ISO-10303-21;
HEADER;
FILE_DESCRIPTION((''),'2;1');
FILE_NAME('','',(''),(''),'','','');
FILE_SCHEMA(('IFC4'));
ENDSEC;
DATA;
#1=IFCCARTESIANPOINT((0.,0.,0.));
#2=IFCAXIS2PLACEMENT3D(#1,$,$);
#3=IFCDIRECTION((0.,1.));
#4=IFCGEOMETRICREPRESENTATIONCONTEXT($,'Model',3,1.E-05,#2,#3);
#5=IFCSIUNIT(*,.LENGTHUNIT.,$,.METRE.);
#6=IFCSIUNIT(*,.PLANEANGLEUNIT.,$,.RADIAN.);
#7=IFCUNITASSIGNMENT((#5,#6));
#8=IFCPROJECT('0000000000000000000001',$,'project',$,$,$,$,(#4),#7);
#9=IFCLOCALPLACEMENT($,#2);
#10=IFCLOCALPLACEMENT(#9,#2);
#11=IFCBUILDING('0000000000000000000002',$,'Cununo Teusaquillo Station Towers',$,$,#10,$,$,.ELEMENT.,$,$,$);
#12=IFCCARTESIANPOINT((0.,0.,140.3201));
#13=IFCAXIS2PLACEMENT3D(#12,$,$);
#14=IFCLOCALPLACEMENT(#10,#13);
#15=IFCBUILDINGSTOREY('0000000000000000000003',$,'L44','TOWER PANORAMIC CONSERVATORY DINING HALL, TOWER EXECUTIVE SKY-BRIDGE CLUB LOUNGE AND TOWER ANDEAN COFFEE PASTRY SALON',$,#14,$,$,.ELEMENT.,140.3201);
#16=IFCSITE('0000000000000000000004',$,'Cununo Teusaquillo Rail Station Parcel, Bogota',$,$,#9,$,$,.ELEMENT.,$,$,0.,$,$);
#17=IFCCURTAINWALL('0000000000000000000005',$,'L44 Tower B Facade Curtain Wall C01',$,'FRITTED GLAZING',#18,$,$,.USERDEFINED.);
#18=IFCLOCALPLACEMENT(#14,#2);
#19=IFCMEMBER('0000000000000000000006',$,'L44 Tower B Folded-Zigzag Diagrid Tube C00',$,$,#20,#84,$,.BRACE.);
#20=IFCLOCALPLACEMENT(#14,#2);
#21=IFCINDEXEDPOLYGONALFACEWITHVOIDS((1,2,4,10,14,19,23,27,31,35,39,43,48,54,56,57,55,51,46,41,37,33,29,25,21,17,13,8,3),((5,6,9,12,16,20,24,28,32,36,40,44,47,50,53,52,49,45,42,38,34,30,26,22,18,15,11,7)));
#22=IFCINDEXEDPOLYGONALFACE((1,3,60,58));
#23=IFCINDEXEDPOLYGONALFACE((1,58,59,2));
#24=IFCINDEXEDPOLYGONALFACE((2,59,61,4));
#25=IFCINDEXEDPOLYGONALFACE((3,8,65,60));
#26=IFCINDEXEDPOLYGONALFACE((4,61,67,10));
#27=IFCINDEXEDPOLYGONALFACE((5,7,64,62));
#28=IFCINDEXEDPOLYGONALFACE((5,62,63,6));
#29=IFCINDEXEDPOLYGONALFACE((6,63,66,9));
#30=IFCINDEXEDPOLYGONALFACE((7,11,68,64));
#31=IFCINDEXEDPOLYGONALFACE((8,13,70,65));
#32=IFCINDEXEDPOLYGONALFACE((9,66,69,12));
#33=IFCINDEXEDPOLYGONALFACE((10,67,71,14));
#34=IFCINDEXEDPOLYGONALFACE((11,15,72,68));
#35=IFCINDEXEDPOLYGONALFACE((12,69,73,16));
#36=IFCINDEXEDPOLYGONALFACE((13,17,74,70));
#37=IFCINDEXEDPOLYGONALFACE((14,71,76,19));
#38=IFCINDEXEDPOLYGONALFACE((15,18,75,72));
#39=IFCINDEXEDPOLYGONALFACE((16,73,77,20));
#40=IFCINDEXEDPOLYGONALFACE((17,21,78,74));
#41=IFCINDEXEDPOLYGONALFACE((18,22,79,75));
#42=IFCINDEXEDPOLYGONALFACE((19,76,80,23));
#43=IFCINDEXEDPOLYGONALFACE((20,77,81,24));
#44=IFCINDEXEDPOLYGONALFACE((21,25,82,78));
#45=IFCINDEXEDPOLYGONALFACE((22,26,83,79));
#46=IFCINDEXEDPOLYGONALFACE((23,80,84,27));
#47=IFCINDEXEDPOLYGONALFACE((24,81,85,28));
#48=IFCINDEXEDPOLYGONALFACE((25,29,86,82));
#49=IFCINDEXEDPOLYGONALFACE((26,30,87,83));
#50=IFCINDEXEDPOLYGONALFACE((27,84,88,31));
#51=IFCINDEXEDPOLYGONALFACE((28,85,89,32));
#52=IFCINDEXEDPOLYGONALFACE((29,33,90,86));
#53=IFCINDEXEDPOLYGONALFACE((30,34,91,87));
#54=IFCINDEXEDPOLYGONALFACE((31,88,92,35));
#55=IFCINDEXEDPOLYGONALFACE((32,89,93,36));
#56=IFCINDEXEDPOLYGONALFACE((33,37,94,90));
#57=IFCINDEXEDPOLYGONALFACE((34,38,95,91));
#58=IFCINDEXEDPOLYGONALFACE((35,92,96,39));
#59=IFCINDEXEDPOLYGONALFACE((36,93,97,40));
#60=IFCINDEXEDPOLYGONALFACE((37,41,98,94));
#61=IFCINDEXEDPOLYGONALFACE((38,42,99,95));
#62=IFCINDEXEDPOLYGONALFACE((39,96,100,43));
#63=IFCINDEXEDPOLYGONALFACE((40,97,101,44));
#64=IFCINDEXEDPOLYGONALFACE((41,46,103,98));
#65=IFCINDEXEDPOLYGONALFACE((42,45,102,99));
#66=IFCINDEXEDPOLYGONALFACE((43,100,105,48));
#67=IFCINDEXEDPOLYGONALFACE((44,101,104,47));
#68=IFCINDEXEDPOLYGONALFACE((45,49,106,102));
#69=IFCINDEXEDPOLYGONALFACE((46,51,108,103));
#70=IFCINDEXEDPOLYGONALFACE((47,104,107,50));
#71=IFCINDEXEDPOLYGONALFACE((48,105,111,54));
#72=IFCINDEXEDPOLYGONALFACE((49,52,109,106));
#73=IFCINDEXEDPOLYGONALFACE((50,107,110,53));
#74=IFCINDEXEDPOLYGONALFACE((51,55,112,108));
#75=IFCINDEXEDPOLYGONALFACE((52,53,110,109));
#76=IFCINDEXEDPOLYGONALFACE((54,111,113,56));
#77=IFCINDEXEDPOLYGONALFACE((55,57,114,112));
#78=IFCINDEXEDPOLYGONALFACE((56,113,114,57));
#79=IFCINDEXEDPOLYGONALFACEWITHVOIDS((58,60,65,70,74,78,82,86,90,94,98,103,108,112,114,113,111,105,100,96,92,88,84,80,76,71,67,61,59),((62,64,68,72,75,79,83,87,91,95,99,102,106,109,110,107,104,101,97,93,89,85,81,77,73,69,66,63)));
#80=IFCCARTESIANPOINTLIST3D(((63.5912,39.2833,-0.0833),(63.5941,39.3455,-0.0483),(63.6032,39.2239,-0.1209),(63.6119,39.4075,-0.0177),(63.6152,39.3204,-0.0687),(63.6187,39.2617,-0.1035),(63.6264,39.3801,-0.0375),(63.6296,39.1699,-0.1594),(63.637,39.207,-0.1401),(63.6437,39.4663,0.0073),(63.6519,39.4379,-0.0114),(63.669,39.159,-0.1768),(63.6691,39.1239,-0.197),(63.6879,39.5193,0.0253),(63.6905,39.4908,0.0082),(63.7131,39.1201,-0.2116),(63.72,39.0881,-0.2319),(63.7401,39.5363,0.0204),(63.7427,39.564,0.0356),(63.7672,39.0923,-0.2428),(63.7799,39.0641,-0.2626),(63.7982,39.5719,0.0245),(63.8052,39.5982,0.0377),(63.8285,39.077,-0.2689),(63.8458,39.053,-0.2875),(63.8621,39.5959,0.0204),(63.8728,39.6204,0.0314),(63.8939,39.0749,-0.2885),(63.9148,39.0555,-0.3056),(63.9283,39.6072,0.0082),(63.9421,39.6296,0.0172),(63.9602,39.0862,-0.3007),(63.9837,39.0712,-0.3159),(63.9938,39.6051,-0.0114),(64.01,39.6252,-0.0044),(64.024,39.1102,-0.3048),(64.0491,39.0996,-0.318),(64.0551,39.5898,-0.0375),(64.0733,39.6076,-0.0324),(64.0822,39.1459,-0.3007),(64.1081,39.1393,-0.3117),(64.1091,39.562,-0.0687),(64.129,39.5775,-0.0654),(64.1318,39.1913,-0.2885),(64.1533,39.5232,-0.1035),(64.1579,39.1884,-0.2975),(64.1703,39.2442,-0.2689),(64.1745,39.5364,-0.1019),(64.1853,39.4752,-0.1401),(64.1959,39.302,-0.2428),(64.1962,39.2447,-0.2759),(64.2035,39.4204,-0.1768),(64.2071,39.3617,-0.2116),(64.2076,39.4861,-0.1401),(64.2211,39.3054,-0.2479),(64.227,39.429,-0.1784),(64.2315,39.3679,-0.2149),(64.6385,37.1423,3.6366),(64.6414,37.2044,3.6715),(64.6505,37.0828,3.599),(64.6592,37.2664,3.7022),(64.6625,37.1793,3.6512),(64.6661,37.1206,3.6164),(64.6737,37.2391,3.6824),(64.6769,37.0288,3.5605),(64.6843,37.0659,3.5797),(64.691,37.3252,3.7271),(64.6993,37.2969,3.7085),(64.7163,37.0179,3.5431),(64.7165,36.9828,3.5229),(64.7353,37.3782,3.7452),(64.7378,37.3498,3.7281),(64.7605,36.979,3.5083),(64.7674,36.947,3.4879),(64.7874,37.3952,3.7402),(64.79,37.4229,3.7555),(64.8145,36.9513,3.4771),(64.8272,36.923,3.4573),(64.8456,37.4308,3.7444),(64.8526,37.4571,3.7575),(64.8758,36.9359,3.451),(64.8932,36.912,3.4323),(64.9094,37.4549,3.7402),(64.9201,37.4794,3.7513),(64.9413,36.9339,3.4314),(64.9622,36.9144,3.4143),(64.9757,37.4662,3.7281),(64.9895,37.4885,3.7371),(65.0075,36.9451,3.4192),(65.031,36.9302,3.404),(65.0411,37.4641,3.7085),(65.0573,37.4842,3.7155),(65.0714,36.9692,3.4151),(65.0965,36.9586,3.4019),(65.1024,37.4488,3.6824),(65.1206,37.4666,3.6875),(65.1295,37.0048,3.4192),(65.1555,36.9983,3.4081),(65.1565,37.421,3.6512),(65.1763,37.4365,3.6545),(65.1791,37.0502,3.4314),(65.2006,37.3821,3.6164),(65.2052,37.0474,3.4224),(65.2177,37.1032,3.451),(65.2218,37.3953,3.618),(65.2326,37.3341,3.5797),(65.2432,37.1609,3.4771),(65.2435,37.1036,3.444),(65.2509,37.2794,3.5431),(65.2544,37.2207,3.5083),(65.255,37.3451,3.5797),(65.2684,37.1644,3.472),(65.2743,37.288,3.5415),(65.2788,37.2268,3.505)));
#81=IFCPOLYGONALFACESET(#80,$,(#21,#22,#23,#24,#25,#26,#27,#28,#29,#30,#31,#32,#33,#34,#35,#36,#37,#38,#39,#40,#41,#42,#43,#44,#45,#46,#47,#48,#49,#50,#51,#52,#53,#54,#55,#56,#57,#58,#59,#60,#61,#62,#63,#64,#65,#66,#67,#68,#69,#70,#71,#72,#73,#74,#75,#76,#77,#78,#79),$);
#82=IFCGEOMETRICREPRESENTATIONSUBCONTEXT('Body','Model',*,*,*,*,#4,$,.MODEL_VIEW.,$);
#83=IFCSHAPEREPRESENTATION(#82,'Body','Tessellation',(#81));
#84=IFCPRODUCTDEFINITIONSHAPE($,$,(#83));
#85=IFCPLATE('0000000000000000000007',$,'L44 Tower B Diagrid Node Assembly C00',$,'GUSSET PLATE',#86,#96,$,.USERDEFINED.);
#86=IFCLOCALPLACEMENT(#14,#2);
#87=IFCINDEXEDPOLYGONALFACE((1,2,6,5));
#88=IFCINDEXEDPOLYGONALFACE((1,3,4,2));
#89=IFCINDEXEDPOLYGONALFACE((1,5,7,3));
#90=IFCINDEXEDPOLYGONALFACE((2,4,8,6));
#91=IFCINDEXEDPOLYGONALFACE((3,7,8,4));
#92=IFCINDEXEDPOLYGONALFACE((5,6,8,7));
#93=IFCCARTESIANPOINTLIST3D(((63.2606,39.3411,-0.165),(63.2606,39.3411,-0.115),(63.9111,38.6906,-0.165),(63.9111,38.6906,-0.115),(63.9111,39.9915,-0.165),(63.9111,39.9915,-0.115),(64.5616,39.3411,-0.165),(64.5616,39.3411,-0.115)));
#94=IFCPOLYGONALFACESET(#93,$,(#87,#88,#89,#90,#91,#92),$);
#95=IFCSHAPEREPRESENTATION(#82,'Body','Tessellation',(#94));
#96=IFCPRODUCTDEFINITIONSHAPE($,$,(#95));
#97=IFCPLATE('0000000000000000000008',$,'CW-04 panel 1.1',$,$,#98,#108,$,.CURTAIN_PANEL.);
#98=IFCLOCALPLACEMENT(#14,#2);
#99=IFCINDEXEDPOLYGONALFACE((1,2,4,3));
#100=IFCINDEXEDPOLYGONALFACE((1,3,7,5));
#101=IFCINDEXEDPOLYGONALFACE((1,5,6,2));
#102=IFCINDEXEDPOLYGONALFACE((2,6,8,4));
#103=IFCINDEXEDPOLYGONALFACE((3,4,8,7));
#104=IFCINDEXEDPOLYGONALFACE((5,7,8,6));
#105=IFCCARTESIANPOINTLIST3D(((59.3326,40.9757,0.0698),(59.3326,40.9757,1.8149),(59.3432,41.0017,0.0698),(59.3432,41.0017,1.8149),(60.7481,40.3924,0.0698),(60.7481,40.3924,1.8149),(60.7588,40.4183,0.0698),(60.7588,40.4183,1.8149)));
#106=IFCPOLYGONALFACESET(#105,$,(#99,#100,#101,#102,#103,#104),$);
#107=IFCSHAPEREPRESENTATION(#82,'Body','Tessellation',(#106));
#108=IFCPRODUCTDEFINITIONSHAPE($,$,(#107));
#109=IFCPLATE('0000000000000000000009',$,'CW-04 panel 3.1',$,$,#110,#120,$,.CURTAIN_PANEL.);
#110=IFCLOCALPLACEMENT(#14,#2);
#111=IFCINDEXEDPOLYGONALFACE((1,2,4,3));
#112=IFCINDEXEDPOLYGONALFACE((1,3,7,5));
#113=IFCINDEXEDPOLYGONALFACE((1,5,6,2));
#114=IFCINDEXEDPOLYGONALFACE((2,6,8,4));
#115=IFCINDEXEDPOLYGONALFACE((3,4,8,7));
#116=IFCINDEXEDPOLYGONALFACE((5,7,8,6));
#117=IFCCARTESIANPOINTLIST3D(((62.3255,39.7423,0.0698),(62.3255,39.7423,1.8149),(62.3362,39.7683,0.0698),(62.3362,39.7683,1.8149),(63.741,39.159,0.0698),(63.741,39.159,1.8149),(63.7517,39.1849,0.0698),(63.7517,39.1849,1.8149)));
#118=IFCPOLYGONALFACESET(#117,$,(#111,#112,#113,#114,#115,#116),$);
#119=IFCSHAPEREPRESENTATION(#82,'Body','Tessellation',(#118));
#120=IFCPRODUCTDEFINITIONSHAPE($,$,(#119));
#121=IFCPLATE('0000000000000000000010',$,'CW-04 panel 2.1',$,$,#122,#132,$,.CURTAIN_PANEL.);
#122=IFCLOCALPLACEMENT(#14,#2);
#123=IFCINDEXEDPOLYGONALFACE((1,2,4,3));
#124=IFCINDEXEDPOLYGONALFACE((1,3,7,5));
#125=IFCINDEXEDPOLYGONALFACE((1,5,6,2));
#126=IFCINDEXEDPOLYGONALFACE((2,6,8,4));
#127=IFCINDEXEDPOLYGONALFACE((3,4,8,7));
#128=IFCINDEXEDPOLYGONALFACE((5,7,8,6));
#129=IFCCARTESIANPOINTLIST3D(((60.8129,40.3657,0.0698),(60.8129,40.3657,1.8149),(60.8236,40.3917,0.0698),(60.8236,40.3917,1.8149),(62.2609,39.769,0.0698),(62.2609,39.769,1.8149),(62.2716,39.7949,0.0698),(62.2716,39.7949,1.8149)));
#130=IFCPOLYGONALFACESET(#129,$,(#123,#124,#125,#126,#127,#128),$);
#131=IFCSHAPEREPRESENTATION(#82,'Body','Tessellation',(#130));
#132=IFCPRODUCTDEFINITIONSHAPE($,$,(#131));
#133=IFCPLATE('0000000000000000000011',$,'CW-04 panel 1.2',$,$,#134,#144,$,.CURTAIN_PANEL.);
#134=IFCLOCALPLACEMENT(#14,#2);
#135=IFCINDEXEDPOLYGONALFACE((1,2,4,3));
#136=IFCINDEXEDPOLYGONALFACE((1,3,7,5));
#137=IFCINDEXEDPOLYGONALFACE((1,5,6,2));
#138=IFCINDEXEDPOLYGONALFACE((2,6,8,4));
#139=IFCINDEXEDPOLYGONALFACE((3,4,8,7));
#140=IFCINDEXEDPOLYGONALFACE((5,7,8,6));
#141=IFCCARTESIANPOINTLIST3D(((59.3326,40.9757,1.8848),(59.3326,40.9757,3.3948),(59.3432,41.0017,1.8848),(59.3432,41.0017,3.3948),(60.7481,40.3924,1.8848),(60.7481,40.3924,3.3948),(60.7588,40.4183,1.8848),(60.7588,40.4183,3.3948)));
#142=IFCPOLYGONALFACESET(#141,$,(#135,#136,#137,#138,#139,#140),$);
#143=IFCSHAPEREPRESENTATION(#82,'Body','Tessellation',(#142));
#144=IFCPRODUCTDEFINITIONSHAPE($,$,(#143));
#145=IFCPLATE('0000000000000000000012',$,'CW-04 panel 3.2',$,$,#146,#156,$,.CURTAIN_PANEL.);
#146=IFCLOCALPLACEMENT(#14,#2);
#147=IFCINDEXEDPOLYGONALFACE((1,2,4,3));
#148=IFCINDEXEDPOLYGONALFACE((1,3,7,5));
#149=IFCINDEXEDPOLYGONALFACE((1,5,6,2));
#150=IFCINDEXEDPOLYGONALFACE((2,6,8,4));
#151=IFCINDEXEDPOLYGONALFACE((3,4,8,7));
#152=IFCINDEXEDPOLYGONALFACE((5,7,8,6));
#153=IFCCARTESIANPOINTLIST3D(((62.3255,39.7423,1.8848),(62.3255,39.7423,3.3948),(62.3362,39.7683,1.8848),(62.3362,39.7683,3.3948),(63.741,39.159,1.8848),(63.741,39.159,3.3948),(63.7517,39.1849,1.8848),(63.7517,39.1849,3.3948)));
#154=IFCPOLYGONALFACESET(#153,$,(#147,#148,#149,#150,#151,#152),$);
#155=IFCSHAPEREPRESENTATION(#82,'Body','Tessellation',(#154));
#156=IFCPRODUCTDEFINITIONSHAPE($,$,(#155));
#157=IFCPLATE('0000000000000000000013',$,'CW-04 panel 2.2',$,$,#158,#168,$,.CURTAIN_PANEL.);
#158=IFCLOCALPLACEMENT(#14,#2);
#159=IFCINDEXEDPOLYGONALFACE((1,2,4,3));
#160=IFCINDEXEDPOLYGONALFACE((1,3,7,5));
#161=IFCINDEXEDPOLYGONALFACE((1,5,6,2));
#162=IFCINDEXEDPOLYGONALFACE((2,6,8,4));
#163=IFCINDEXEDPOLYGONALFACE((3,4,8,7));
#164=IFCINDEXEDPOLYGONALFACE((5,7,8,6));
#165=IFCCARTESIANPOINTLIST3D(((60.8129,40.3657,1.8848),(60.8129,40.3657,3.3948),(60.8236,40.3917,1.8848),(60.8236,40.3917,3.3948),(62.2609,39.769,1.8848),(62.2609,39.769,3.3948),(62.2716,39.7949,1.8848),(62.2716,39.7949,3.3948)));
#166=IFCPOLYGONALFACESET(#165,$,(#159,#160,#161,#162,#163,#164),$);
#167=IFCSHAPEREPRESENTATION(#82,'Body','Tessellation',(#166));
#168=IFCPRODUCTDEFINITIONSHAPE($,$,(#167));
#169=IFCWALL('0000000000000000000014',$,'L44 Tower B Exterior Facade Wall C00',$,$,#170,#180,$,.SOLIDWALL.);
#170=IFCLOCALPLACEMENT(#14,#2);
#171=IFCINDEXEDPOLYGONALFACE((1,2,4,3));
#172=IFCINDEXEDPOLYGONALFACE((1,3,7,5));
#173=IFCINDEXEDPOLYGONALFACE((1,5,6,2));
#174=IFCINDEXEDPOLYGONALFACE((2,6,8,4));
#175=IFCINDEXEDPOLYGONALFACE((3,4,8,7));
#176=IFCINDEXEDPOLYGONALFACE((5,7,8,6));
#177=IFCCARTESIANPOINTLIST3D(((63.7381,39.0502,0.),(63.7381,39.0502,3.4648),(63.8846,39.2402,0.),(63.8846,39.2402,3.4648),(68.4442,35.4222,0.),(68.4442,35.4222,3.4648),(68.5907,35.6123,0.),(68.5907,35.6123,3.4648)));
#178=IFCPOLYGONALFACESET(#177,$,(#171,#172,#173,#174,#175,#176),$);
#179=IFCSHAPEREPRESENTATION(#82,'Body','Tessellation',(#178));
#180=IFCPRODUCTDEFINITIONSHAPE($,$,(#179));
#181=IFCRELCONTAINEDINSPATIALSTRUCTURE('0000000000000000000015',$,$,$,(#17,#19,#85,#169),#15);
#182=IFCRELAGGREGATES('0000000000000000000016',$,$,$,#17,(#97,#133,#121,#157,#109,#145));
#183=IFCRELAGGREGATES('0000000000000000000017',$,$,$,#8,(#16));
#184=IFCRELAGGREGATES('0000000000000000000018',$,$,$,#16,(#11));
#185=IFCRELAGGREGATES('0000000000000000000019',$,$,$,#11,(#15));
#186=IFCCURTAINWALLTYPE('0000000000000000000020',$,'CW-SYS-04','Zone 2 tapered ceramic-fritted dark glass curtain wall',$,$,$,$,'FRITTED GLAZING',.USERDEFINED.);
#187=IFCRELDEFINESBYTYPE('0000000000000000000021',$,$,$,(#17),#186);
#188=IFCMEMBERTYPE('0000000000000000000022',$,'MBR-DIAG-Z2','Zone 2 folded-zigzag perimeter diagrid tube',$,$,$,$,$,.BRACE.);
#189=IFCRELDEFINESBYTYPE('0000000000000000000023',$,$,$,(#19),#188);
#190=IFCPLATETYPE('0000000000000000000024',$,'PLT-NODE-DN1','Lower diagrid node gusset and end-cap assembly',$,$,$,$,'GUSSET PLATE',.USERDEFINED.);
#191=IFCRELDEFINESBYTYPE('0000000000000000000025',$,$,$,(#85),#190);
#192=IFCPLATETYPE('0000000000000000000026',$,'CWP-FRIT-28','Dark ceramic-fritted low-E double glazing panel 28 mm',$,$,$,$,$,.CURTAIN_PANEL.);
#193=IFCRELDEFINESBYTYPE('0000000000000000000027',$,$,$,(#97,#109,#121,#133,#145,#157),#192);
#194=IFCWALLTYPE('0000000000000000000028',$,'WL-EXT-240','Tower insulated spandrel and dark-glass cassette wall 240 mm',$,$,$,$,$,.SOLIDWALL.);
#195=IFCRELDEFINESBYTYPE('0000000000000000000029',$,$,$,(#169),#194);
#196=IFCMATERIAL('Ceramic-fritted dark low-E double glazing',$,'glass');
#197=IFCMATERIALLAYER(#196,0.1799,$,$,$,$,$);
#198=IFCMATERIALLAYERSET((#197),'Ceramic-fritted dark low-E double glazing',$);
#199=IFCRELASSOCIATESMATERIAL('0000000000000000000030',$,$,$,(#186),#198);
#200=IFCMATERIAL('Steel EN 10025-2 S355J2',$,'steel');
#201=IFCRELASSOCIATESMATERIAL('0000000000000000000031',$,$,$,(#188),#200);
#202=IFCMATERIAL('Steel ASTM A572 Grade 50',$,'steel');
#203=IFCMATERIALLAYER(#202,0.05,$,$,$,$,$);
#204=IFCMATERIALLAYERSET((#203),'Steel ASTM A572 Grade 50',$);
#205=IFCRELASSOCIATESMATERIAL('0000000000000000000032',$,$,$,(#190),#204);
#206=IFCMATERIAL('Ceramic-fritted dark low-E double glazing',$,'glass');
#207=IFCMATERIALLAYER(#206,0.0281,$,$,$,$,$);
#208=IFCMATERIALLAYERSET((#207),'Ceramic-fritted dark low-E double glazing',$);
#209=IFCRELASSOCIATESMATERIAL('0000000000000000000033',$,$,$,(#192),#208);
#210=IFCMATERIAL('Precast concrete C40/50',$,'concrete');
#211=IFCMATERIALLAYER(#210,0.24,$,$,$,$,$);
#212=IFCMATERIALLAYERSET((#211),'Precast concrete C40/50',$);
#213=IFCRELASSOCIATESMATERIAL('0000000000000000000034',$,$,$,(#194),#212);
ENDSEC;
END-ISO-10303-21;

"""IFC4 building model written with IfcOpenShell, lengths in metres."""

from ifc_helpers import new_model, si_unit, direction, frame, frame_2d, origin, origin_2d, place, context, subcontext, project, spatial, rectangle, hollow_circle, extrude, source, transform, mapped, material, layer, layer_set, material_profile, profile_set, type_object, element, aggregate, save


model = new_model("IFC4")

# Units and contexts
model_context = context("Model", 3, precision=1e-05, world=origin(), true_north=direction((0.0, 1.0)))
body_context = subcontext(model_context, "Body", "Model", "MODEL_VIEW")
ifc_project = project(units=[si_unit("LENGTHUNIT", "METRE"), si_unit("PLANEANGLEUNIT", "RADIAN")], contexts=[model_context])

# Site, building, storey
site_placement = place(None, origin())
site = spatial("IfcSite", under=ifc_project, at=site_placement, Name="Cununo Teusaquillo Rail Station Parcel, Bogota", CompositionType="ELEMENT", RefElevation=0.0)
building_placement = place(site_placement, origin())
building = spatial("IfcBuilding", under=site, at=building_placement, Name="Cununo Teusaquillo Station Towers", CompositionType="ELEMENT")
storey_placement = place(building_placement, frame((0.0, 0.0, 140.3201)))
storey = spatial("IfcBuildingStorey", under=building, at=storey_placement, Name="L44", Description="TOWER PANORAMIC CONSERVATORY DINING HALL, TOWER EXECUTIVE SKY-BRIDGE CLUB LOUNGE AND TOWER ANDEAN COFFEE PASTRY SALON", CompositionType="ELEMENT", Elevation=140.3201)

# Curtain wall
ifc_material_1 = material(Name="Ceramic-fritted dark low-E double glazing", Category="glass")
ifc_layer_1 = layer(ifc_material_1, 0.1799)
ifc_layer_set_1 = layer_set([ifc_layer_1], Name="Ceramic-fritted dark low-E double glazing")
curtain_wall_type = type_object("IfcCurtainWallType", Name="CW-SYS-04", Description="Zone 2 tapered ceramic-fritted dark glass curtain wall", ElementType="FRITTED GLAZING", PredefinedType="USERDEFINED", material=ifc_layer_set_1)
curtain_wall_placement = place(storey_placement, origin())
curtain_wall = element("IfcCurtainWall", 1, at=curtain_wall_placement, inside=storey, type_object=curtain_wall_type, Name="L44 Tower B Facade Curtain Wall C01", ObjectType="FRITTED GLAZING", PredefinedType="USERDEFINED")

# Member
ifc_material_2 = material(Name="Steel EN 10025-2 S355J2", Category="steel")
ifc_material_profile_1 = material_profile(ifc_material_2, hollow_circle(Radius=0.3301, WallThickness=0.0249, at=origin_2d()), Name="CHS 660x25")
ifc_profile_set_1 = profile_set([ifc_material_profile_1], Name="Steel EN 10025-2 S355J2")
member_type_1 = type_object("IfcMemberType", Name="MBR-DIAG-Z2", Description="Zone 2 folded-zigzag perimeter diagrid tube", PredefinedType="BRACE", material=ifc_profile_set_1)
member_1_placement = place(storey_placement, frame((63.9111, 39.3411, -0.1401), z_axis=(0.237062, -0.484624, 0.841986), x_axis=(0.898286, 0.439412, 0.0)))
element("IfcMember", 2, at=member_1_placement, inside=storey, type_object=member_type_1, Name="L44 Tower B Folded-Zigzag Diagrid Tube C00", PredefinedType="BRACE", context=body_context, shape_type="SweptSolid", body=[
    extrude(hollow_circle(Radius=0.3301, WallThickness=0.0249, at=origin_2d()), origin(), (0.0, 0.0, 1.0), 4.418),
])

# Plates
ifc_material_3 = material(Name="Steel ASTM A572 Grade 50", Category="steel")
ifc_layer_2 = layer(ifc_material_3, 0.05)
ifc_layer_set_2 = layer_set([ifc_layer_2], Name="Steel ASTM A572 Grade 50")
plate_type_1 = type_object("IfcPlateType", Name="PLT-NODE-DN1", Description="Lower diagrid node gusset and end-cap assembly", ElementType="GUSSET PLATE", PredefinedType="USERDEFINED", material=ifc_layer_set_2)
shared_shape_1 = source(origin(), body_context, "Body", "SweptSolid", [
    extrude(rectangle(XDim=0.9199, YDim=0.9199, at=origin_2d()), origin(), (0.0, 0.0, 1.0), 0.05),
])
plate_1_placement = place(storey_placement, frame((63.9111, 39.3411, -0.165), z_axis=(0.0, 0.0, 1.0), x_axis=(0.707107, 0.707107, 0.0)))
element("IfcPlate", 3, at=plate_1_placement, inside=storey, type_object=plate_type_1, Name="L44 Tower B Diagrid Node Assembly C00", ObjectType="GUSSET PLATE", PredefinedType="USERDEFINED", context=body_context, shape_type="MappedRepresentation", body=[
    mapped(shared_shape_1, transform((0.0, 0.0, 0.0), x_axis=(1.0, 0.0, 0.0), y_axis=(0.0, 1.0, 0.0), z_axis=(0.0, 0.0, 1.0), scale=1.0)),
])
ifc_material_4 = material(Name="Ceramic-fritted dark low-E double glazing", Category="glass")
ifc_layer_3 = layer(ifc_material_4, 0.0281)
ifc_layer_set_3 = layer_set([ifc_layer_3], Name="Ceramic-fritted dark low-E double glazing")
plate_type_2 = type_object("IfcPlateType", Name="CWP-FRIT-28", Description="Dark ceramic-fritted low-E double glazing panel 28 mm", PredefinedType="CURTAIN_PANEL", material=ifc_layer_set_3)
shared_shape_2 = source(origin(), body_context, "Body", "SweptSolid", [
    extrude(rectangle(XDim=1.531, YDim=0.0281, at=origin_2d()), origin(), (0.0, 0.0, 1.0), 1.7451),
])
plate_2_placement = place(storey_placement, frame((60.0457, 40.697, 0.0698), z_axis=(0.0, 0.0, 1.0), x_axis=(0.924562, -0.381031, 0.0)))
plate_2 = element("IfcPlate", 4, at=plate_2_placement, type_object=plate_type_2, Name="CW-04 panel 1.1", PredefinedType="CURTAIN_PANEL", context=body_context, shape_type="MappedRepresentation", body=[
    mapped(shared_shape_2, transform((0.0, 0.0, 0.0), x_axis=(1.0, 0.0, 0.0), y_axis=(0.0, 1.0, 0.0), z_axis=(0.0, 0.0, 1.0), scale=1.0)),
])
plate_3_placement = place(storey_placement, frame((63.0386, 39.4636, 0.0698), z_axis=(0.0, 0.0, 1.0), x_axis=(0.924562, -0.381031, 0.0)))
plate_3 = element("IfcPlate", 5, at=plate_3_placement, type_object=plate_type_2, Name="CW-04 panel 3.1", PredefinedType="CURTAIN_PANEL", context=body_context, shape_type="MappedRepresentation", body=[
    mapped(shared_shape_2, transform((0.0, 0.0, 0.0), x_axis=(1.0, 0.0, 0.0), y_axis=(0.0, 1.0, 0.0), z_axis=(0.0, 0.0, 1.0), scale=1.0)),
])
shared_shape_3 = source(origin(), body_context, "Body", "SweptSolid", [
    extrude(rectangle(XDim=1.5662, YDim=0.0281, at=origin_2d()), origin(), (0.0, 0.0, 1.0), 1.7451),
])
plate_4_placement = place(storey_placement, frame((61.5422, 40.0803, 0.0698), z_axis=(0.0, 0.0, 1.0), x_axis=(0.924562, -0.381031, 0.0)))
plate_4 = element("IfcPlate", 6, at=plate_4_placement, type_object=plate_type_2, Name="CW-04 panel 2.1", PredefinedType="CURTAIN_PANEL", context=body_context, shape_type="MappedRepresentation", body=[
    mapped(shared_shape_3, transform((0.0, 0.0, 0.0), x_axis=(1.0, 0.0, 0.0), y_axis=(0.0, 1.0, 0.0), z_axis=(0.0, 0.0, 1.0), scale=1.0)),
])
shared_shape_4 = source(origin(), body_context, "Body", "SweptSolid", [
    extrude(rectangle(XDim=1.531, YDim=0.0281, at=origin_2d()), origin(), (0.0, 0.0, 1.0), 1.51),
])
plate_5_placement = place(storey_placement, frame((60.0457, 40.697, 1.8848), z_axis=(0.0, 0.0, 1.0), x_axis=(0.924562, -0.381031, 0.0)))
plate_5 = element("IfcPlate", 7, at=plate_5_placement, type_object=plate_type_2, Name="CW-04 panel 1.2", PredefinedType="CURTAIN_PANEL", context=body_context, shape_type="MappedRepresentation", body=[
    mapped(shared_shape_4, transform((0.0, 0.0, 0.0), x_axis=(1.0, 0.0, 0.0), y_axis=(0.0, 1.0, 0.0), z_axis=(0.0, 0.0, 1.0), scale=1.0)),
])
plate_6_placement = place(storey_placement, frame((63.0386, 39.4636, 1.8848), z_axis=(0.0, 0.0, 1.0), x_axis=(0.924562, -0.381031, 0.0)))
plate_6 = element("IfcPlate", 8, at=plate_6_placement, type_object=plate_type_2, Name="CW-04 panel 3.2", PredefinedType="CURTAIN_PANEL", context=body_context, shape_type="MappedRepresentation", body=[
    mapped(shared_shape_4, transform((0.0, 0.0, 0.0), x_axis=(1.0, 0.0, 0.0), y_axis=(0.0, 1.0, 0.0), z_axis=(0.0, 0.0, 1.0), scale=1.0)),
])
shared_shape_5 = source(origin(), body_context, "Body", "SweptSolid", [
    extrude(rectangle(XDim=1.5662, YDim=0.0281, at=origin_2d()), origin(), (0.0, 0.0, 1.0), 1.51),
])
plate_7_placement = place(storey_placement, frame((61.5422, 40.0803, 1.8848), z_axis=(0.0, 0.0, 1.0), x_axis=(0.924562, -0.381031, 0.0)))
plate_7 = element("IfcPlate", 9, at=plate_7_placement, type_object=plate_type_2, Name="CW-04 panel 2.2", PredefinedType="CURTAIN_PANEL", context=body_context, shape_type="MappedRepresentation", body=[
    mapped(shared_shape_5, transform((0.0, 0.0, 0.0), x_axis=(1.0, 0.0, 0.0), y_axis=(0.0, 1.0, 0.0), z_axis=(0.0, 0.0, 1.0), scale=1.0)),
])
aggregate(curtain_wall, [plate_2, plate_5, plate_4, plate_7, plate_3, plate_6])

# Wall
ifc_material_5 = material(Name="Precast concrete C40/50", Category="concrete")
ifc_layer_4 = layer(ifc_material_5, 0.24)
ifc_layer_set_4 = layer_set([ifc_layer_4], Name="Precast concrete C40/50")
wall_type = type_object("IfcWallType", Name="WL-EXT-240", Description="Tower insulated spandrel and dark-glass cassette wall 240 mm", PredefinedType="SOLIDWALL", material=ifc_layer_set_4)
wall_1_placement = place(storey_placement, frame((63.8113, 39.1453, 0.0), z_axis=(0.0, 0.0, 1.0), x_axis=(0.791982, -0.610544, 0.0)))
element("IfcWall", 10, at=wall_1_placement, inside=storey, type_object=wall_type, Name="L44 Tower B Exterior Facade Wall C00", PredefinedType="SOLIDWALL", context=body_context, shape_type="SweptSolid", body=[
    extrude(rectangle(XDim=5.9421, YDim=0.24, at=frame_2d((2.9712, 0.0))), origin(), (0.0, 0.0, 1.0), 3.4648),
])

save(model, "model.ifc")
